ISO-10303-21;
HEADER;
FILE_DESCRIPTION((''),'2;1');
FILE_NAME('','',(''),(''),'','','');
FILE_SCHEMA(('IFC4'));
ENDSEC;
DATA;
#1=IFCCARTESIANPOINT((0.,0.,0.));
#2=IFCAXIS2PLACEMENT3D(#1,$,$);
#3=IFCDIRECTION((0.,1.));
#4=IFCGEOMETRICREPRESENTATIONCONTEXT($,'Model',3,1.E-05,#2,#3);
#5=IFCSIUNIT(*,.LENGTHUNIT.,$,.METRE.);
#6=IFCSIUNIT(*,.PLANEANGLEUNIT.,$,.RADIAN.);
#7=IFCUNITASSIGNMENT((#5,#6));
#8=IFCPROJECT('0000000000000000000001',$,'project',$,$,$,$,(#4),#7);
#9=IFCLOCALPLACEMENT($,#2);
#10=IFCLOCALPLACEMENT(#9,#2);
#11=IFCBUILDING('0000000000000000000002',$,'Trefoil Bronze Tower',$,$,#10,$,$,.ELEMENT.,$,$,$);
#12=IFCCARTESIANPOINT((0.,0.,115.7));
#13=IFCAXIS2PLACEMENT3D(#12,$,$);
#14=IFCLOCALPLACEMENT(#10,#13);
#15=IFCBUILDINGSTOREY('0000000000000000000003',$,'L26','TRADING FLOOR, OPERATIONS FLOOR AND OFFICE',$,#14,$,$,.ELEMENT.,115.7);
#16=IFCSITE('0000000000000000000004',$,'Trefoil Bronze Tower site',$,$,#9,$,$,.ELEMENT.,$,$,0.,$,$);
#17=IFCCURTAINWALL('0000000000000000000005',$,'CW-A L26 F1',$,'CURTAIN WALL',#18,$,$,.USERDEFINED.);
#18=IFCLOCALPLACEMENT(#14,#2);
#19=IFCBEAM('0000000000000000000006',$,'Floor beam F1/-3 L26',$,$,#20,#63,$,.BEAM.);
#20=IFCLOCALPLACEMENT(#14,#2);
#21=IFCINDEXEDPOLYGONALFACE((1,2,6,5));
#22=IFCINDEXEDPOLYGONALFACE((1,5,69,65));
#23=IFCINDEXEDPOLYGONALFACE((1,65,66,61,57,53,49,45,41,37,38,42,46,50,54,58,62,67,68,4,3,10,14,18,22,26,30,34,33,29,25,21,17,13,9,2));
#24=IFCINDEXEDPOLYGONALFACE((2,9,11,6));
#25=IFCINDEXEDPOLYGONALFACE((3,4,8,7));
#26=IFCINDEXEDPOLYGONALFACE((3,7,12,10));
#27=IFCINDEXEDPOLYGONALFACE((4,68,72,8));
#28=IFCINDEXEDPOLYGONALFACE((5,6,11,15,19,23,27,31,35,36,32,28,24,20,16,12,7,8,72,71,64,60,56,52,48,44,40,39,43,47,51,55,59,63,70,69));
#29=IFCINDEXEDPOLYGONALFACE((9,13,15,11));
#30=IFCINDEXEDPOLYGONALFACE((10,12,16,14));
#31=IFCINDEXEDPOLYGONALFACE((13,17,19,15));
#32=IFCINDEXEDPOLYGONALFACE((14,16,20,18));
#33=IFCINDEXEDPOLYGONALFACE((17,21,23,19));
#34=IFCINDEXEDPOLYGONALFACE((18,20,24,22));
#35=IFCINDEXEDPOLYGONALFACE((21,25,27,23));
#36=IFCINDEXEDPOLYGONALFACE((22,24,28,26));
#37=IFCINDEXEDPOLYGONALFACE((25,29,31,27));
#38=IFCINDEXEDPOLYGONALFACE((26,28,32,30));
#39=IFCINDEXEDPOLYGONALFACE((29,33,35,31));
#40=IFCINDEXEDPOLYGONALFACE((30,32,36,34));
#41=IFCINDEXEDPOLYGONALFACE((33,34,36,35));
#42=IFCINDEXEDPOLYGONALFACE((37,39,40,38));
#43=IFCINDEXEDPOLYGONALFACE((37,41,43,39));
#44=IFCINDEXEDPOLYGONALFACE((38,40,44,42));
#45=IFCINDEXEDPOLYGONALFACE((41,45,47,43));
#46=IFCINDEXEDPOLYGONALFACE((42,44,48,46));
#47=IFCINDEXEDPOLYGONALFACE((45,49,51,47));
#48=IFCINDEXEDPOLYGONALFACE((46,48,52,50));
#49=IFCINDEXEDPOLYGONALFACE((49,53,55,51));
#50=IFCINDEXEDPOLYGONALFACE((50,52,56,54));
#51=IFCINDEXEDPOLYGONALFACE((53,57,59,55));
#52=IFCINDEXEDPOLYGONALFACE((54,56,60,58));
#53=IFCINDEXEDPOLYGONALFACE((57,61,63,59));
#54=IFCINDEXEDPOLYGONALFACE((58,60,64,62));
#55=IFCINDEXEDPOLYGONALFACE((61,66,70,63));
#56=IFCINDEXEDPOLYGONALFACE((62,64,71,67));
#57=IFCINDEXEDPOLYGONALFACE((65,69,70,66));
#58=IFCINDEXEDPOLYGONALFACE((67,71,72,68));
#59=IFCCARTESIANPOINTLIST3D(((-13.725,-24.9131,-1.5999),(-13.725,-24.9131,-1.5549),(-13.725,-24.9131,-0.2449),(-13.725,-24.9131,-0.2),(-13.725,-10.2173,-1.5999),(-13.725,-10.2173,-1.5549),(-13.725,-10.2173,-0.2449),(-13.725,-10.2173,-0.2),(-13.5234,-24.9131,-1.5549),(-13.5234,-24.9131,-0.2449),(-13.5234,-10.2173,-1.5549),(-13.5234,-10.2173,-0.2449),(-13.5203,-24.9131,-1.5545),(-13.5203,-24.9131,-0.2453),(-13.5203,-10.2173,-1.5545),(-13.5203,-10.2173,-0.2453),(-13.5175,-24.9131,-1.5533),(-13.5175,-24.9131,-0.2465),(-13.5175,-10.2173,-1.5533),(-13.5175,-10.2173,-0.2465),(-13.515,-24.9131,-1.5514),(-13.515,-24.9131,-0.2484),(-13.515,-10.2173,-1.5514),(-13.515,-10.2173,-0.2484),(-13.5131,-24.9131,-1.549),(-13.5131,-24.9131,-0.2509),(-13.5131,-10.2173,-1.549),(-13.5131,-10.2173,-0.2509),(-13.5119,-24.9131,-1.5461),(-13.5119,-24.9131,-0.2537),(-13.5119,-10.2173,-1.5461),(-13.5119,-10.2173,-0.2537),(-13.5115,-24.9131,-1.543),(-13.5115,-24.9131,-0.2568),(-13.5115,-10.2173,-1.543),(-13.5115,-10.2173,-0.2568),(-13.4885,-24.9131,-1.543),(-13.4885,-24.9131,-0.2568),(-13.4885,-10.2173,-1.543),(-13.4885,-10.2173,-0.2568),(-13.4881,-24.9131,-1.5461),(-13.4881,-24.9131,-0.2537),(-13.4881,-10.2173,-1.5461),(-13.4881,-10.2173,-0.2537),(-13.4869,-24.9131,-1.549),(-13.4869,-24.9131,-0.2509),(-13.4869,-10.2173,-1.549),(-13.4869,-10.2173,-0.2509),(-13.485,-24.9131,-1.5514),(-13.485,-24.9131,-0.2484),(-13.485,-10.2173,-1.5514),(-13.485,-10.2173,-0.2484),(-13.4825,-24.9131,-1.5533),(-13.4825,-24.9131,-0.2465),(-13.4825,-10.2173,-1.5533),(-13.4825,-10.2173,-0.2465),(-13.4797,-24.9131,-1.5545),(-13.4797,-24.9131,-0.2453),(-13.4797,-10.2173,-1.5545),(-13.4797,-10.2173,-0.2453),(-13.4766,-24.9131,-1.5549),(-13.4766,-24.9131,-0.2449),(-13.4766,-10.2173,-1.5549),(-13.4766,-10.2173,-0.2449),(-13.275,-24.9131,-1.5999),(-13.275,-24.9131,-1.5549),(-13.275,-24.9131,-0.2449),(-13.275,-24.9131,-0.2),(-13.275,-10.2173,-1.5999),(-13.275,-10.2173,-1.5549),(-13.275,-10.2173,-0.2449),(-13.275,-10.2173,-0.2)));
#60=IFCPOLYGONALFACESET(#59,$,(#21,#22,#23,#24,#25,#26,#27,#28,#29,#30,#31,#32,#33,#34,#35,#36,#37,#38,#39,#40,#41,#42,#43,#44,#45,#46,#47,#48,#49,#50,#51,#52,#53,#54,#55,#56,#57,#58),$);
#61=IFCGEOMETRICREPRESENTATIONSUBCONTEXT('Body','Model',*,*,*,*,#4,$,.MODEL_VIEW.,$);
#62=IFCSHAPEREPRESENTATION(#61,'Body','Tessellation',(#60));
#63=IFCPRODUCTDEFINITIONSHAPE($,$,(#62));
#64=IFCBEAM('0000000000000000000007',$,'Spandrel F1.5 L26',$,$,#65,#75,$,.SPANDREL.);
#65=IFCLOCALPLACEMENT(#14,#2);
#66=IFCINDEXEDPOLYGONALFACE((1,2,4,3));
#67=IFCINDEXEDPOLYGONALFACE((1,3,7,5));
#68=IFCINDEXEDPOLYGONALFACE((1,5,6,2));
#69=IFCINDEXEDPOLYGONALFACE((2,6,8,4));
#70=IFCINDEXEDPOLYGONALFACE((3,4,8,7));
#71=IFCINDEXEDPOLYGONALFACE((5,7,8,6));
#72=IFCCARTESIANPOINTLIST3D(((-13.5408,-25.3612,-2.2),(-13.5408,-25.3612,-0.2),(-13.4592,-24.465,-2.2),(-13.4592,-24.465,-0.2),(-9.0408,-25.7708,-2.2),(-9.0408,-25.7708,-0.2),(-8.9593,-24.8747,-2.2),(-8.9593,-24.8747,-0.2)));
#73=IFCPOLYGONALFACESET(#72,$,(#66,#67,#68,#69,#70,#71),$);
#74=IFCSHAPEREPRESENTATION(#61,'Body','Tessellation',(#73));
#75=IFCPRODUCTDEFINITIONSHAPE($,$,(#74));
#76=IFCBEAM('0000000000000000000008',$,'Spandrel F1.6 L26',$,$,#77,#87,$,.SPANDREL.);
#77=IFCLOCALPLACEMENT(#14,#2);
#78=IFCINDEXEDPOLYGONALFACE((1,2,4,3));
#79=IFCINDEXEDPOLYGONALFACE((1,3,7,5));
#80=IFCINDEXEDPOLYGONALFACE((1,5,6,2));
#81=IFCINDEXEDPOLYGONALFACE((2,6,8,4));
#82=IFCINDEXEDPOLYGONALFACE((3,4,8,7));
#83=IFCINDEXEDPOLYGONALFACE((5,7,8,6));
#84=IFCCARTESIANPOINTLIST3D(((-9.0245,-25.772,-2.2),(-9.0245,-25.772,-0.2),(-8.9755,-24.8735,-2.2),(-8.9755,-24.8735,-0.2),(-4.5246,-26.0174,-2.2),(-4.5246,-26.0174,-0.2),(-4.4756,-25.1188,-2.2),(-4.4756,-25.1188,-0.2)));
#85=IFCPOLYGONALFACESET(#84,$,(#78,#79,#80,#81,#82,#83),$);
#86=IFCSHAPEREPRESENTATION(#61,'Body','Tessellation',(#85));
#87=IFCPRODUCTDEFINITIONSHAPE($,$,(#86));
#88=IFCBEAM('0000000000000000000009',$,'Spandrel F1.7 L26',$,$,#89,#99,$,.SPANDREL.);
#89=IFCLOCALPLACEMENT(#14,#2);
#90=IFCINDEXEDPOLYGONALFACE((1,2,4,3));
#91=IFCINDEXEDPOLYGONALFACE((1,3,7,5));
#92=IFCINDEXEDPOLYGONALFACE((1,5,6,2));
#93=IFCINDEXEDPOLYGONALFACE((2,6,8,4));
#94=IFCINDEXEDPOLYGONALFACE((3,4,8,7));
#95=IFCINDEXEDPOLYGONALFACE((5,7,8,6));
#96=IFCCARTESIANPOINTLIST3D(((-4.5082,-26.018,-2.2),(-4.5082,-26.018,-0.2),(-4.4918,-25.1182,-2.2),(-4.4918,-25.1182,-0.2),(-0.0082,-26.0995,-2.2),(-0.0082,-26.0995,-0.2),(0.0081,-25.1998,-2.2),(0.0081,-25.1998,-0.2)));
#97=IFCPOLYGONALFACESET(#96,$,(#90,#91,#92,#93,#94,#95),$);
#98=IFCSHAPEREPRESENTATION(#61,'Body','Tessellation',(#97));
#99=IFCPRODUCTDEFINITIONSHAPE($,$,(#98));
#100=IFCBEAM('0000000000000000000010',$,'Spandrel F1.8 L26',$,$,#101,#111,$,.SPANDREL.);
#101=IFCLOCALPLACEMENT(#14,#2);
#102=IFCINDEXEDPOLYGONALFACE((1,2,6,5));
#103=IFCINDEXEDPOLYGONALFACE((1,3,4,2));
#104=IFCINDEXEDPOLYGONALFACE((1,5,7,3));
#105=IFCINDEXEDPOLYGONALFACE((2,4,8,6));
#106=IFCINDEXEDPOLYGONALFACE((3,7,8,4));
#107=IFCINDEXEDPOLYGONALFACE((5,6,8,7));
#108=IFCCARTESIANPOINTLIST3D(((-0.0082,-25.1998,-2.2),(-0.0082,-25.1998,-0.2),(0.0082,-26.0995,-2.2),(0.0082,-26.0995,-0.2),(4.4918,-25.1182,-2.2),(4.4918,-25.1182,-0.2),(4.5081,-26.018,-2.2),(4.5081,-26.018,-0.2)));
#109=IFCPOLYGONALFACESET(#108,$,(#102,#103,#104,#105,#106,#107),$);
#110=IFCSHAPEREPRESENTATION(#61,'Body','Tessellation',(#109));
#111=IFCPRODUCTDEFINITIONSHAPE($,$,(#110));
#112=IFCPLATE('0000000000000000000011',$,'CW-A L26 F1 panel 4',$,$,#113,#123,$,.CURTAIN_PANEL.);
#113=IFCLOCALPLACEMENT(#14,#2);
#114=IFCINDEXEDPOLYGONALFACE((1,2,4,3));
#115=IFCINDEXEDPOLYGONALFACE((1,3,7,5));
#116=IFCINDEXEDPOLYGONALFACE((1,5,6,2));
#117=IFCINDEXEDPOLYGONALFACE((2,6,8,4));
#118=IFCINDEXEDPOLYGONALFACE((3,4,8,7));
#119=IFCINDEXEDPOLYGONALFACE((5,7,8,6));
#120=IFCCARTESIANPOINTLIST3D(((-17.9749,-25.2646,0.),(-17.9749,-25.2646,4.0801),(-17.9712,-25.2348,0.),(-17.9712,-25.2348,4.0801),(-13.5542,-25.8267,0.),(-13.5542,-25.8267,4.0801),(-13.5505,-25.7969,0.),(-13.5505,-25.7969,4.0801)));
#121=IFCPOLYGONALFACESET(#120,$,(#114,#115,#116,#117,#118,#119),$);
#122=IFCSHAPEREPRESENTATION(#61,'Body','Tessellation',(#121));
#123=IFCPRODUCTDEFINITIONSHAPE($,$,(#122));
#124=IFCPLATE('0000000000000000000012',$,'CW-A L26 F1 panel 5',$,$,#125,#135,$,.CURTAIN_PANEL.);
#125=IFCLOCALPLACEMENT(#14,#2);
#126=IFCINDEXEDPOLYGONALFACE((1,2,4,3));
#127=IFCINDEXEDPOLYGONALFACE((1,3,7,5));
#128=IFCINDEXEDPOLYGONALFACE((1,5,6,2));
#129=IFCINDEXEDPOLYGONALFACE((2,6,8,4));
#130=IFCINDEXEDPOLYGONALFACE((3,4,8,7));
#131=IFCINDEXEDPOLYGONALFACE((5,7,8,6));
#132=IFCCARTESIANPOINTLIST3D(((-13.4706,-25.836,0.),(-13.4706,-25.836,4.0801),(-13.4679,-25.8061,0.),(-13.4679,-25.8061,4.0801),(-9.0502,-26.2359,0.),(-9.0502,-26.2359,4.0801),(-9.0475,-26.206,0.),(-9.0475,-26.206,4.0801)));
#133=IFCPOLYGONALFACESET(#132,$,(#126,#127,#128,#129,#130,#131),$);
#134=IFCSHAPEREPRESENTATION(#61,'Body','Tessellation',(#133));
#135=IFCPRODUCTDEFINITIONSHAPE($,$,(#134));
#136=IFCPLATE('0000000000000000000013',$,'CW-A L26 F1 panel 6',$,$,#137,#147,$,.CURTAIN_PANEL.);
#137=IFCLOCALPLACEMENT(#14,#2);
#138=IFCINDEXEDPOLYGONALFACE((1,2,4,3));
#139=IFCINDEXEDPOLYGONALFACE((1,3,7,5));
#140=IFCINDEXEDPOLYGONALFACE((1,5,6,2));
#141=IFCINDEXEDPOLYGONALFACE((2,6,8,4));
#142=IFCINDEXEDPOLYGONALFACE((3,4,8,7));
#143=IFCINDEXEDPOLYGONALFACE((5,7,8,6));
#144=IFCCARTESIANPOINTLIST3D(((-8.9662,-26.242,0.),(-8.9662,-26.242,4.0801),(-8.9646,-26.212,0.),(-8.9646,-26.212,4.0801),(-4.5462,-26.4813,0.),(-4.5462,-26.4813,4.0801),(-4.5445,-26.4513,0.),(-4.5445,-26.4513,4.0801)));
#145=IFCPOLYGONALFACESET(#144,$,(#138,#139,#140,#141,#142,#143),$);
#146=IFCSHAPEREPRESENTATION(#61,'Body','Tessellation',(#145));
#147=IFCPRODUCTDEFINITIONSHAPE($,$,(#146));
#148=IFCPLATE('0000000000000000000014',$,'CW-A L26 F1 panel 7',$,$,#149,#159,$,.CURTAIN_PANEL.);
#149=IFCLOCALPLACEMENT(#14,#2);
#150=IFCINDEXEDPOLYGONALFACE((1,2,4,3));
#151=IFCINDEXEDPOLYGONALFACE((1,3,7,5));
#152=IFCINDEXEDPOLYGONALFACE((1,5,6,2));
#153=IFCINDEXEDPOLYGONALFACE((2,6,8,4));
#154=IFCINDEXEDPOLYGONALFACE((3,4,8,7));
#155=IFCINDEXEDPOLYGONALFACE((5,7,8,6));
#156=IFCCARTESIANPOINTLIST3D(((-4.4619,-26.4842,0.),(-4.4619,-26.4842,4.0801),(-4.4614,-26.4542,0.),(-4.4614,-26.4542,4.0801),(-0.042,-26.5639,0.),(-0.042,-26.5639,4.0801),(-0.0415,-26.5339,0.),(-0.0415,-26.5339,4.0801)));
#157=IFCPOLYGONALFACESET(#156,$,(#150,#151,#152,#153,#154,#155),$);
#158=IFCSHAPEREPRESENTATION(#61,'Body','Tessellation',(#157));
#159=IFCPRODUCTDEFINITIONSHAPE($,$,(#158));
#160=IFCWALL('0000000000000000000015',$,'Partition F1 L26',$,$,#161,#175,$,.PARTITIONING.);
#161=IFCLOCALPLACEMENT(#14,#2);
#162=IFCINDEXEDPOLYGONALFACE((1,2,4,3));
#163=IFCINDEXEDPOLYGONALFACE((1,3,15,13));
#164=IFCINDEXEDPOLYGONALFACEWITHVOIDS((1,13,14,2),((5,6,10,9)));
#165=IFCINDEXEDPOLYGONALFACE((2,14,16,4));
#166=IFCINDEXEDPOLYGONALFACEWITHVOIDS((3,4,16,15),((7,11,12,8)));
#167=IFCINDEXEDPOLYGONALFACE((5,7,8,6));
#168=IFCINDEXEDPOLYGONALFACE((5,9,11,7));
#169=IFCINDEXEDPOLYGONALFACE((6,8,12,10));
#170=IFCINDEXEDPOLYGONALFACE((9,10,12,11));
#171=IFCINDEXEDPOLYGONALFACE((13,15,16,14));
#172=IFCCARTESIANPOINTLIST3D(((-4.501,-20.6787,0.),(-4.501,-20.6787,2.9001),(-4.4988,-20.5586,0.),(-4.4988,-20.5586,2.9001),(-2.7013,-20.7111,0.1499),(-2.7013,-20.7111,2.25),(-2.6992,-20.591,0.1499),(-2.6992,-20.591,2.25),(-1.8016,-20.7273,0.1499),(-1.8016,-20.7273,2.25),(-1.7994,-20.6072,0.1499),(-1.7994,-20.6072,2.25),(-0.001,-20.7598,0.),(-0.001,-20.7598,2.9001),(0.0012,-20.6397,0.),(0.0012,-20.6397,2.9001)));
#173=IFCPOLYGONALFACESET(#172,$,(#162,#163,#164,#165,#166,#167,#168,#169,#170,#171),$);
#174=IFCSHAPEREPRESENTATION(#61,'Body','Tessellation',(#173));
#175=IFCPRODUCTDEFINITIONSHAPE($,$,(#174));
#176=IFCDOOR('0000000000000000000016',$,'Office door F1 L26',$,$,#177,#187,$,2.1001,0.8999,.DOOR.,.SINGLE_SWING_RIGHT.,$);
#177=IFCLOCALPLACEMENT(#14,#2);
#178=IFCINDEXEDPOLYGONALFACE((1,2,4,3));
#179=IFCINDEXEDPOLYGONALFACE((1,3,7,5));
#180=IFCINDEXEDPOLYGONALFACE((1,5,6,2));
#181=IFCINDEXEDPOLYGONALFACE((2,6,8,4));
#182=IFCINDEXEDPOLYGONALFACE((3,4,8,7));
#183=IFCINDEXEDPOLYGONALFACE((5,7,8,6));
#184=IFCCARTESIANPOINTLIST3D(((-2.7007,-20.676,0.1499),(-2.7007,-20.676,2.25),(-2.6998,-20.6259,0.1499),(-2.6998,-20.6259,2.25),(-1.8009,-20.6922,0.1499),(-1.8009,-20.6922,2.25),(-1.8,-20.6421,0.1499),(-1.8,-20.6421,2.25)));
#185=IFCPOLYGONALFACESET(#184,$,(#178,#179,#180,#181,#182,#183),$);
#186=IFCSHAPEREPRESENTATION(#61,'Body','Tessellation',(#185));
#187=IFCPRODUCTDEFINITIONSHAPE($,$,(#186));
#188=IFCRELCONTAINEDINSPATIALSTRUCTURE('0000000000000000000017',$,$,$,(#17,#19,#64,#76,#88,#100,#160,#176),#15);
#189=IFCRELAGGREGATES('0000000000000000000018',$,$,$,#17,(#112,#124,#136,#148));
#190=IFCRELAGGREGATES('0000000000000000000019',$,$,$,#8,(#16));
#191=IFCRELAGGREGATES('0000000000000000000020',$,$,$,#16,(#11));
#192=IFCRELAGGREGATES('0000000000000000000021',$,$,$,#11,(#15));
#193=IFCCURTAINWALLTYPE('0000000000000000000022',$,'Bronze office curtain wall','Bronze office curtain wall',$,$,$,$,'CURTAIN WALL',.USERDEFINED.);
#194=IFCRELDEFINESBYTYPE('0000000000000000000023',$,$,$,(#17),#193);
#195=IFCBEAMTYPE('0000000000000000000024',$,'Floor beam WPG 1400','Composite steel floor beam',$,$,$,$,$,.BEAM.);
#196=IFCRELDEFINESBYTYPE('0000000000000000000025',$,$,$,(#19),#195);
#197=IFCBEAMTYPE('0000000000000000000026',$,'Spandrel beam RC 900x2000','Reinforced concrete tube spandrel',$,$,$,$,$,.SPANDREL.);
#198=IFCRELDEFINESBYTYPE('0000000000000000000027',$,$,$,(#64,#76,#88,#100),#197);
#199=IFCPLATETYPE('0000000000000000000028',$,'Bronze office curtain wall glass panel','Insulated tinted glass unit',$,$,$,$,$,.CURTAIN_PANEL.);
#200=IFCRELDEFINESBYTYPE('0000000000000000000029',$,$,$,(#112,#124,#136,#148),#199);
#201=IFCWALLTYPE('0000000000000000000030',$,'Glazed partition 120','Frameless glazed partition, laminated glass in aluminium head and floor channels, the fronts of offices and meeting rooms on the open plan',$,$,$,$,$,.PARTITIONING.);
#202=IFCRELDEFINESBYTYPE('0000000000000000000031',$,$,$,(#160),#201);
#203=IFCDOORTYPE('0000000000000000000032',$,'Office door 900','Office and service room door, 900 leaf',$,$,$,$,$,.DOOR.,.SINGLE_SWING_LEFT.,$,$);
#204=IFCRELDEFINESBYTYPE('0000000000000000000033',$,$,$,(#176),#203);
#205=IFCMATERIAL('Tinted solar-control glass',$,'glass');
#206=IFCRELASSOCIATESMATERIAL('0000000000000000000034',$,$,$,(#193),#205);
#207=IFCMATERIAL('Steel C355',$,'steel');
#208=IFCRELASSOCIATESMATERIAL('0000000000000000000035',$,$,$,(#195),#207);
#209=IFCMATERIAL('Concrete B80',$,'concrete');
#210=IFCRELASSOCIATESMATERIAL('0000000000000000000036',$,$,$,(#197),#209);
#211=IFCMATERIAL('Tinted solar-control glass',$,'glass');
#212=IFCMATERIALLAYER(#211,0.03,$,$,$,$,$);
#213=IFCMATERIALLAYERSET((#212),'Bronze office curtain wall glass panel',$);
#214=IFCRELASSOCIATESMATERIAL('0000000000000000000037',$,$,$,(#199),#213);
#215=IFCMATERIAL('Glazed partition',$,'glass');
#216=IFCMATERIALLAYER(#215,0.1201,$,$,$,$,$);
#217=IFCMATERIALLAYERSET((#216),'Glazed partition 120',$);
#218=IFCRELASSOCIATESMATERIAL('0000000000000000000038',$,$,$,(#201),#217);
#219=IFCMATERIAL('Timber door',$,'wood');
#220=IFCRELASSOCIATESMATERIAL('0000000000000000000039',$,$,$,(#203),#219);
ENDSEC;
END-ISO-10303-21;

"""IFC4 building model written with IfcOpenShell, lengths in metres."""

from ifc_helpers import new_model, si_unit, direction, frame, frame_2d, origin, origin_2d, place, context, subcontext, project, spatial, rectangle, i_section, extrude, material, layer, layer_set, material_profile, profile_set, type_object, element, fill, aggregate, save


model = new_model("IFC4")

# Units and contexts
model_context = context("Model", 3, precision=1e-05, world=origin(), true_north=direction((0.0, 1.0)))
body_context = subcontext(model_context, "Body", "Model", "MODEL_VIEW")
ifc_project = project(units=[si_unit("LENGTHUNIT", "METRE"), si_unit("PLANEANGLEUNIT", "RADIAN")], contexts=[model_context])

# Site, building, storey
site_placement = place(None, origin())
site = spatial("IfcSite", under=ifc_project, at=site_placement, Name="Trefoil Bronze Tower site", CompositionType="ELEMENT", RefElevation=0.0)
building_placement = place(site_placement, origin())
building = spatial("IfcBuilding", under=site, at=building_placement, Name="Trefoil Bronze Tower", CompositionType="ELEMENT")
storey_placement = place(building_placement, frame((0.0, 0.0, 115.7)))
storey = spatial("IfcBuildingStorey", under=building, at=storey_placement, Name="L26", Description="TRADING FLOOR, OPERATIONS FLOOR AND OFFICE", CompositionType="ELEMENT", Elevation=115.7)

# Curtain wall
ifc_material_1 = material(Name="Tinted solar-control glass", Category="glass")
curtain_wall_type = type_object("IfcCurtainWallType", Name="Bronze office curtain wall", Description="Bronze office curtain wall", ElementType="CURTAIN WALL", PredefinedType="USERDEFINED", material=ifc_material_1)
curtain_wall_placement = place(storey_placement, origin())
curtain_wall = element("IfcCurtainWall", 1, at=curtain_wall_placement, inside=storey, type_object=curtain_wall_type, Name="CW-A L26 F1", ObjectType="CURTAIN WALL", PredefinedType="USERDEFINED")

# Beams
ifc_material_2 = material(Name="Steel C355", Category="steel")
ifc_material_profile_1 = material_profile(ifc_material_2, i_section(OverallWidth=0.45, OverallDepth=1.3999, WebThickness=0.0229, FlangeThickness=0.0449, FilletRadius=0.012, at=origin_2d()), Name="WPG 1400")
ifc_profile_set_1 = profile_set([ifc_material_profile_1], Name="Steel C355")
beam_type_1 = type_object("IfcBeamType", Name="Floor beam WPG 1400", Description="Composite steel floor beam", PredefinedType="BEAM", material=ifc_profile_set_1)
beam_1_placement = place(storey_placement, frame((-13.5, -24.9131, -0.8999), z_axis=(0.0, 1.0, 0.0), x_axis=(-1.0, 0.0, 0.0)))
element("IfcBeam", 2, at=beam_1_placement, inside=storey, type_object=beam_type_1, Name="Floor beam F1/-3 L26", PredefinedType="BEAM", context=body_context, shape_type="SweptSolid", body=[
    extrude(i_section(OverallWidth=0.45, OverallDepth=1.3999, WebThickness=0.0229, FlangeThickness=0.0449, FilletRadius=0.012, at=origin_2d()), origin(), (0.0, 0.0, 1.0), 14.6958),
])
ifc_material_3 = material(Name="Concrete B80", Category="concrete")
ifc_material_profile_2 = material_profile(ifc_material_3, rectangle(XDim=0.8999, YDim=2.0, at=origin_2d()), Name="RC 900x2000")
ifc_profile_set_2 = profile_set([ifc_material_profile_2], Name="Concrete B80")
beam_type_2 = type_object("IfcBeamType", Name="Spandrel beam RC 900x2000", Description="Reinforced concrete tube spandrel", PredefinedType="SPANDREL", material=ifc_profile_set_2)
beam_2_placement = place(storey_placement, frame((-13.5, -24.9131, -1.2), z_axis=(0.995882, -0.090662, 0.0), x_axis=(0.090662, 0.995882, 0.0)))
element("IfcBeam", 3, at=beam_2_placement, inside=storey, type_object=beam_type_2, Name="Spandrel F1.5 L26", PredefinedType="SPANDREL", context=body_context, shape_type="SweptSolid", body=[
    extrude(rectangle(XDim=0.8999, YDim=2.0, at=origin_2d()), origin(), (0.0, 0.0, 1.0), 4.5186),
])
beam_3_placement = place(storey_placement, frame((-9.0, -25.3228, -1.2), z_axis=(0.998517, -0.054444, 0.0), x_axis=(0.054444, 0.998517, 0.0)))
element("IfcBeam", 4, at=beam_3_placement, inside=storey, type_object=beam_type_2, Name="Spandrel F1.6 L26", PredefinedType="SPANDREL", context=body_context, shape_type="SweptSolid", body=[
    extrude(rectangle(XDim=0.8999, YDim=2.0, at=origin_2d()), origin(), (0.0, 0.0, 1.0), 4.5066),
])
for number, where, z_axis, x_axis, name in (
    (5, (-4.5, -25.5681, -1.2), (0.999836, -0.018118, 0.0), (0.018118, 0.999836, 0.0), "Spandrel F1.7 L26"),
    (6, (0.0, -25.6497, -1.2), (0.999836, 0.018118, 0.0), (-0.018118, 0.999836, 0.0), "Spandrel F1.8 L26"),
):
    element("IfcBeam", number, at=place(storey_placement, frame(where, z_axis=z_axis, x_axis=x_axis)), inside=storey, type_object=beam_type_2, Name=name, PredefinedType="SPANDREL", context=body_context, shape_type="SweptSolid", body=[
        extrude(rectangle(XDim=0.8999, YDim=2.0, at=origin_2d()), origin(), (0.0, 0.0, 1.0), 4.5007),
    ])

# Plates
ifc_material_4 = material(Name="Tinted solar-control glass", Category="glass")
ifc_layer_1 = layer(ifc_material_4, 0.03)
ifc_layer_set_1 = layer_set([ifc_layer_1], Name="Bronze office curtain wall glass panel")
plate_type = type_object("IfcPlateType", Name="Bronze office curtain wall glass panel", Description="Insulated tinted glass unit", PredefinedType="CURTAIN_PANEL", material=ifc_layer_set_1)
plate_1_placement = place(storey_placement, frame((-15.7627, -25.5308, 0.0), z_axis=(0.0, 0.0, 1.0), x_axis=(0.992012, -0.126147, 0.0)))
plate_1 = element("IfcPlate", 7, at=plate_1_placement, type_object=plate_type, Name="CW-A L26 F1 panel 4", PredefinedType="CURTAIN_PANEL", context=body_context, shape_type="SweptSolid", body=[
    extrude(rectangle(XDim=4.4563, YDim=0.03, at=origin_2d()), origin(), (0.0, 0.0, 1.0), 4.0801),
])
plate_2_placement = place(storey_placement, frame((-11.259, -26.021, 0.0), z_axis=(0.0, 0.0, 1.0), x_axis=(0.995932, -0.090105, 0.0)))
plate_2 = element("IfcPlate", 8, at=plate_2_placement, type_object=plate_type, Name="CW-A L26 F1 panel 5", PredefinedType="CURTAIN_PANEL", context=body_context, shape_type="SweptSolid", body=[
    extrude(rectangle(XDim=4.4385, YDim=0.03, at=origin_2d()), origin(), (0.0, 0.0, 1.0), 4.0801),
])
plate_3_placement = place(storey_placement, frame((-6.7554, -26.3467, 0.0), z_axis=(0.0, 0.0, 1.0), x_axis=(0.998538, -0.054063, 0.0)))
plate_3 = element("IfcPlate", 9, at=plate_3_placement, type_object=plate_type, Name="CW-A L26 F1 panel 6", PredefinedType="CURTAIN_PANEL", context=body_context, shape_type="SweptSolid", body=[
    extrude(rectangle(XDim=4.4265, YDim=0.03, at=origin_2d()), origin(), (0.0, 0.0, 1.0), 4.0801),
])
plate_4_placement = place(storey_placement, frame((-2.2517, -26.509, 0.0), z_axis=(0.0, 0.0, 1.0), x_axis=(0.999838, -0.018021, 0.0)))
plate_4 = element("IfcPlate", 10, at=plate_4_placement, type_object=plate_type, Name="CW-A L26 F1 panel 7", PredefinedType="CURTAIN_PANEL", context=body_context, shape_type="SweptSolid", body=[
    extrude(rectangle(XDim=4.4207, YDim=0.03, at=origin_2d()), origin(), (0.0, 0.0, 1.0), 4.0801),
])
aggregate(curtain_wall, [plate_1, plate_2, plate_3, plate_4])

# Wall, opening, door
ifc_material_5 = material(Name="Glazed partition", Category="glass")
ifc_layer_2 = layer(ifc_material_5, 0.1201)
ifc_layer_set_2 = layer_set([ifc_layer_2], Name="Glazed partition 120")
wall_type = type_object("IfcWallType", Name="Glazed partition 120", Description="Frameless glazed partition, laminated glass in aluminium head and floor channels, the fronts of offices and meeting rooms on the open plan", PredefinedType="PARTITIONING", material=ifc_layer_set_2)
wall_1_placement = place(storey_placement, frame((-4.5, -20.6187, 0.0), z_axis=(0.0, 0.0, 1.0), x_axis=(0.999838, -0.018009, 0.0)))
wall_1 = element("IfcWall", 11, at=wall_1_placement, inside=storey, type_object=wall_type, Name="Partition F1 L26", PredefinedType="PARTITIONING", context=body_context, shape_type="SweptSolid", body=[
    extrude(rectangle(XDim=4.5007, YDim=0.1201, at=frame_2d((2.2505, 0.0))), origin(), (0.0, 0.0, 1.0), 2.9001),
])
opening_placement = place(wall_1_placement, frame((1.8, 0.0, 0.1499)))
opening = element("IfcOpeningElement", 12, at=opening_placement, cuts=wall_1, PredefinedType="OPENING", context=body_context, shape_type="SweptSolid", body=[
    extrude(rectangle(XDim=0.8999, YDim=2.1001, at=frame_2d((0.45, 1.05))), frame((0.0, 0.0701, 0.0), z_axis=(0.0, -1.0, 0.0), x_axis=(1.0, 0.0, 0.0)), (0.0, 0.0, 1.0), 0.1401),
])
ifc_material_6 = material(Name="Timber door", Category="wood")
door_type = type_object("IfcDoorType", Name="Office door 900", Description="Office and service room door, 900 leaf", OperationType="SINGLE_SWING_LEFT", PredefinedType="DOOR", material=ifc_material_6)
door_placement = place(opening_placement, frame((0.8999, 0.0, 0.0), z_axis=(0.0, 0.0, 1.0), x_axis=(-1.0, 0.0, 0.0)))
door = element("IfcDoor", 13, at=door_placement, inside=storey, type_object=door_type, Name="Office door F1 L26", OperationType="SINGLE_SWING_RIGHT", OverallHeight=2.1001, OverallWidth=0.8999, PredefinedType="DOOR", context=body_context, shape_type="SweptSolid", body=[
    extrude(rectangle(XDim=0.8999, YDim=2.1001, at=frame_2d((0.45, 1.05))), frame((0.0, 0.0249, 0.0), z_axis=(0.0, -1.0, 0.0), x_axis=(1.0, 0.0, 0.0)), (0.0, 0.0, 1.0), 0.05),
])
fill(opening, door)

save(model, "model.ifc")
